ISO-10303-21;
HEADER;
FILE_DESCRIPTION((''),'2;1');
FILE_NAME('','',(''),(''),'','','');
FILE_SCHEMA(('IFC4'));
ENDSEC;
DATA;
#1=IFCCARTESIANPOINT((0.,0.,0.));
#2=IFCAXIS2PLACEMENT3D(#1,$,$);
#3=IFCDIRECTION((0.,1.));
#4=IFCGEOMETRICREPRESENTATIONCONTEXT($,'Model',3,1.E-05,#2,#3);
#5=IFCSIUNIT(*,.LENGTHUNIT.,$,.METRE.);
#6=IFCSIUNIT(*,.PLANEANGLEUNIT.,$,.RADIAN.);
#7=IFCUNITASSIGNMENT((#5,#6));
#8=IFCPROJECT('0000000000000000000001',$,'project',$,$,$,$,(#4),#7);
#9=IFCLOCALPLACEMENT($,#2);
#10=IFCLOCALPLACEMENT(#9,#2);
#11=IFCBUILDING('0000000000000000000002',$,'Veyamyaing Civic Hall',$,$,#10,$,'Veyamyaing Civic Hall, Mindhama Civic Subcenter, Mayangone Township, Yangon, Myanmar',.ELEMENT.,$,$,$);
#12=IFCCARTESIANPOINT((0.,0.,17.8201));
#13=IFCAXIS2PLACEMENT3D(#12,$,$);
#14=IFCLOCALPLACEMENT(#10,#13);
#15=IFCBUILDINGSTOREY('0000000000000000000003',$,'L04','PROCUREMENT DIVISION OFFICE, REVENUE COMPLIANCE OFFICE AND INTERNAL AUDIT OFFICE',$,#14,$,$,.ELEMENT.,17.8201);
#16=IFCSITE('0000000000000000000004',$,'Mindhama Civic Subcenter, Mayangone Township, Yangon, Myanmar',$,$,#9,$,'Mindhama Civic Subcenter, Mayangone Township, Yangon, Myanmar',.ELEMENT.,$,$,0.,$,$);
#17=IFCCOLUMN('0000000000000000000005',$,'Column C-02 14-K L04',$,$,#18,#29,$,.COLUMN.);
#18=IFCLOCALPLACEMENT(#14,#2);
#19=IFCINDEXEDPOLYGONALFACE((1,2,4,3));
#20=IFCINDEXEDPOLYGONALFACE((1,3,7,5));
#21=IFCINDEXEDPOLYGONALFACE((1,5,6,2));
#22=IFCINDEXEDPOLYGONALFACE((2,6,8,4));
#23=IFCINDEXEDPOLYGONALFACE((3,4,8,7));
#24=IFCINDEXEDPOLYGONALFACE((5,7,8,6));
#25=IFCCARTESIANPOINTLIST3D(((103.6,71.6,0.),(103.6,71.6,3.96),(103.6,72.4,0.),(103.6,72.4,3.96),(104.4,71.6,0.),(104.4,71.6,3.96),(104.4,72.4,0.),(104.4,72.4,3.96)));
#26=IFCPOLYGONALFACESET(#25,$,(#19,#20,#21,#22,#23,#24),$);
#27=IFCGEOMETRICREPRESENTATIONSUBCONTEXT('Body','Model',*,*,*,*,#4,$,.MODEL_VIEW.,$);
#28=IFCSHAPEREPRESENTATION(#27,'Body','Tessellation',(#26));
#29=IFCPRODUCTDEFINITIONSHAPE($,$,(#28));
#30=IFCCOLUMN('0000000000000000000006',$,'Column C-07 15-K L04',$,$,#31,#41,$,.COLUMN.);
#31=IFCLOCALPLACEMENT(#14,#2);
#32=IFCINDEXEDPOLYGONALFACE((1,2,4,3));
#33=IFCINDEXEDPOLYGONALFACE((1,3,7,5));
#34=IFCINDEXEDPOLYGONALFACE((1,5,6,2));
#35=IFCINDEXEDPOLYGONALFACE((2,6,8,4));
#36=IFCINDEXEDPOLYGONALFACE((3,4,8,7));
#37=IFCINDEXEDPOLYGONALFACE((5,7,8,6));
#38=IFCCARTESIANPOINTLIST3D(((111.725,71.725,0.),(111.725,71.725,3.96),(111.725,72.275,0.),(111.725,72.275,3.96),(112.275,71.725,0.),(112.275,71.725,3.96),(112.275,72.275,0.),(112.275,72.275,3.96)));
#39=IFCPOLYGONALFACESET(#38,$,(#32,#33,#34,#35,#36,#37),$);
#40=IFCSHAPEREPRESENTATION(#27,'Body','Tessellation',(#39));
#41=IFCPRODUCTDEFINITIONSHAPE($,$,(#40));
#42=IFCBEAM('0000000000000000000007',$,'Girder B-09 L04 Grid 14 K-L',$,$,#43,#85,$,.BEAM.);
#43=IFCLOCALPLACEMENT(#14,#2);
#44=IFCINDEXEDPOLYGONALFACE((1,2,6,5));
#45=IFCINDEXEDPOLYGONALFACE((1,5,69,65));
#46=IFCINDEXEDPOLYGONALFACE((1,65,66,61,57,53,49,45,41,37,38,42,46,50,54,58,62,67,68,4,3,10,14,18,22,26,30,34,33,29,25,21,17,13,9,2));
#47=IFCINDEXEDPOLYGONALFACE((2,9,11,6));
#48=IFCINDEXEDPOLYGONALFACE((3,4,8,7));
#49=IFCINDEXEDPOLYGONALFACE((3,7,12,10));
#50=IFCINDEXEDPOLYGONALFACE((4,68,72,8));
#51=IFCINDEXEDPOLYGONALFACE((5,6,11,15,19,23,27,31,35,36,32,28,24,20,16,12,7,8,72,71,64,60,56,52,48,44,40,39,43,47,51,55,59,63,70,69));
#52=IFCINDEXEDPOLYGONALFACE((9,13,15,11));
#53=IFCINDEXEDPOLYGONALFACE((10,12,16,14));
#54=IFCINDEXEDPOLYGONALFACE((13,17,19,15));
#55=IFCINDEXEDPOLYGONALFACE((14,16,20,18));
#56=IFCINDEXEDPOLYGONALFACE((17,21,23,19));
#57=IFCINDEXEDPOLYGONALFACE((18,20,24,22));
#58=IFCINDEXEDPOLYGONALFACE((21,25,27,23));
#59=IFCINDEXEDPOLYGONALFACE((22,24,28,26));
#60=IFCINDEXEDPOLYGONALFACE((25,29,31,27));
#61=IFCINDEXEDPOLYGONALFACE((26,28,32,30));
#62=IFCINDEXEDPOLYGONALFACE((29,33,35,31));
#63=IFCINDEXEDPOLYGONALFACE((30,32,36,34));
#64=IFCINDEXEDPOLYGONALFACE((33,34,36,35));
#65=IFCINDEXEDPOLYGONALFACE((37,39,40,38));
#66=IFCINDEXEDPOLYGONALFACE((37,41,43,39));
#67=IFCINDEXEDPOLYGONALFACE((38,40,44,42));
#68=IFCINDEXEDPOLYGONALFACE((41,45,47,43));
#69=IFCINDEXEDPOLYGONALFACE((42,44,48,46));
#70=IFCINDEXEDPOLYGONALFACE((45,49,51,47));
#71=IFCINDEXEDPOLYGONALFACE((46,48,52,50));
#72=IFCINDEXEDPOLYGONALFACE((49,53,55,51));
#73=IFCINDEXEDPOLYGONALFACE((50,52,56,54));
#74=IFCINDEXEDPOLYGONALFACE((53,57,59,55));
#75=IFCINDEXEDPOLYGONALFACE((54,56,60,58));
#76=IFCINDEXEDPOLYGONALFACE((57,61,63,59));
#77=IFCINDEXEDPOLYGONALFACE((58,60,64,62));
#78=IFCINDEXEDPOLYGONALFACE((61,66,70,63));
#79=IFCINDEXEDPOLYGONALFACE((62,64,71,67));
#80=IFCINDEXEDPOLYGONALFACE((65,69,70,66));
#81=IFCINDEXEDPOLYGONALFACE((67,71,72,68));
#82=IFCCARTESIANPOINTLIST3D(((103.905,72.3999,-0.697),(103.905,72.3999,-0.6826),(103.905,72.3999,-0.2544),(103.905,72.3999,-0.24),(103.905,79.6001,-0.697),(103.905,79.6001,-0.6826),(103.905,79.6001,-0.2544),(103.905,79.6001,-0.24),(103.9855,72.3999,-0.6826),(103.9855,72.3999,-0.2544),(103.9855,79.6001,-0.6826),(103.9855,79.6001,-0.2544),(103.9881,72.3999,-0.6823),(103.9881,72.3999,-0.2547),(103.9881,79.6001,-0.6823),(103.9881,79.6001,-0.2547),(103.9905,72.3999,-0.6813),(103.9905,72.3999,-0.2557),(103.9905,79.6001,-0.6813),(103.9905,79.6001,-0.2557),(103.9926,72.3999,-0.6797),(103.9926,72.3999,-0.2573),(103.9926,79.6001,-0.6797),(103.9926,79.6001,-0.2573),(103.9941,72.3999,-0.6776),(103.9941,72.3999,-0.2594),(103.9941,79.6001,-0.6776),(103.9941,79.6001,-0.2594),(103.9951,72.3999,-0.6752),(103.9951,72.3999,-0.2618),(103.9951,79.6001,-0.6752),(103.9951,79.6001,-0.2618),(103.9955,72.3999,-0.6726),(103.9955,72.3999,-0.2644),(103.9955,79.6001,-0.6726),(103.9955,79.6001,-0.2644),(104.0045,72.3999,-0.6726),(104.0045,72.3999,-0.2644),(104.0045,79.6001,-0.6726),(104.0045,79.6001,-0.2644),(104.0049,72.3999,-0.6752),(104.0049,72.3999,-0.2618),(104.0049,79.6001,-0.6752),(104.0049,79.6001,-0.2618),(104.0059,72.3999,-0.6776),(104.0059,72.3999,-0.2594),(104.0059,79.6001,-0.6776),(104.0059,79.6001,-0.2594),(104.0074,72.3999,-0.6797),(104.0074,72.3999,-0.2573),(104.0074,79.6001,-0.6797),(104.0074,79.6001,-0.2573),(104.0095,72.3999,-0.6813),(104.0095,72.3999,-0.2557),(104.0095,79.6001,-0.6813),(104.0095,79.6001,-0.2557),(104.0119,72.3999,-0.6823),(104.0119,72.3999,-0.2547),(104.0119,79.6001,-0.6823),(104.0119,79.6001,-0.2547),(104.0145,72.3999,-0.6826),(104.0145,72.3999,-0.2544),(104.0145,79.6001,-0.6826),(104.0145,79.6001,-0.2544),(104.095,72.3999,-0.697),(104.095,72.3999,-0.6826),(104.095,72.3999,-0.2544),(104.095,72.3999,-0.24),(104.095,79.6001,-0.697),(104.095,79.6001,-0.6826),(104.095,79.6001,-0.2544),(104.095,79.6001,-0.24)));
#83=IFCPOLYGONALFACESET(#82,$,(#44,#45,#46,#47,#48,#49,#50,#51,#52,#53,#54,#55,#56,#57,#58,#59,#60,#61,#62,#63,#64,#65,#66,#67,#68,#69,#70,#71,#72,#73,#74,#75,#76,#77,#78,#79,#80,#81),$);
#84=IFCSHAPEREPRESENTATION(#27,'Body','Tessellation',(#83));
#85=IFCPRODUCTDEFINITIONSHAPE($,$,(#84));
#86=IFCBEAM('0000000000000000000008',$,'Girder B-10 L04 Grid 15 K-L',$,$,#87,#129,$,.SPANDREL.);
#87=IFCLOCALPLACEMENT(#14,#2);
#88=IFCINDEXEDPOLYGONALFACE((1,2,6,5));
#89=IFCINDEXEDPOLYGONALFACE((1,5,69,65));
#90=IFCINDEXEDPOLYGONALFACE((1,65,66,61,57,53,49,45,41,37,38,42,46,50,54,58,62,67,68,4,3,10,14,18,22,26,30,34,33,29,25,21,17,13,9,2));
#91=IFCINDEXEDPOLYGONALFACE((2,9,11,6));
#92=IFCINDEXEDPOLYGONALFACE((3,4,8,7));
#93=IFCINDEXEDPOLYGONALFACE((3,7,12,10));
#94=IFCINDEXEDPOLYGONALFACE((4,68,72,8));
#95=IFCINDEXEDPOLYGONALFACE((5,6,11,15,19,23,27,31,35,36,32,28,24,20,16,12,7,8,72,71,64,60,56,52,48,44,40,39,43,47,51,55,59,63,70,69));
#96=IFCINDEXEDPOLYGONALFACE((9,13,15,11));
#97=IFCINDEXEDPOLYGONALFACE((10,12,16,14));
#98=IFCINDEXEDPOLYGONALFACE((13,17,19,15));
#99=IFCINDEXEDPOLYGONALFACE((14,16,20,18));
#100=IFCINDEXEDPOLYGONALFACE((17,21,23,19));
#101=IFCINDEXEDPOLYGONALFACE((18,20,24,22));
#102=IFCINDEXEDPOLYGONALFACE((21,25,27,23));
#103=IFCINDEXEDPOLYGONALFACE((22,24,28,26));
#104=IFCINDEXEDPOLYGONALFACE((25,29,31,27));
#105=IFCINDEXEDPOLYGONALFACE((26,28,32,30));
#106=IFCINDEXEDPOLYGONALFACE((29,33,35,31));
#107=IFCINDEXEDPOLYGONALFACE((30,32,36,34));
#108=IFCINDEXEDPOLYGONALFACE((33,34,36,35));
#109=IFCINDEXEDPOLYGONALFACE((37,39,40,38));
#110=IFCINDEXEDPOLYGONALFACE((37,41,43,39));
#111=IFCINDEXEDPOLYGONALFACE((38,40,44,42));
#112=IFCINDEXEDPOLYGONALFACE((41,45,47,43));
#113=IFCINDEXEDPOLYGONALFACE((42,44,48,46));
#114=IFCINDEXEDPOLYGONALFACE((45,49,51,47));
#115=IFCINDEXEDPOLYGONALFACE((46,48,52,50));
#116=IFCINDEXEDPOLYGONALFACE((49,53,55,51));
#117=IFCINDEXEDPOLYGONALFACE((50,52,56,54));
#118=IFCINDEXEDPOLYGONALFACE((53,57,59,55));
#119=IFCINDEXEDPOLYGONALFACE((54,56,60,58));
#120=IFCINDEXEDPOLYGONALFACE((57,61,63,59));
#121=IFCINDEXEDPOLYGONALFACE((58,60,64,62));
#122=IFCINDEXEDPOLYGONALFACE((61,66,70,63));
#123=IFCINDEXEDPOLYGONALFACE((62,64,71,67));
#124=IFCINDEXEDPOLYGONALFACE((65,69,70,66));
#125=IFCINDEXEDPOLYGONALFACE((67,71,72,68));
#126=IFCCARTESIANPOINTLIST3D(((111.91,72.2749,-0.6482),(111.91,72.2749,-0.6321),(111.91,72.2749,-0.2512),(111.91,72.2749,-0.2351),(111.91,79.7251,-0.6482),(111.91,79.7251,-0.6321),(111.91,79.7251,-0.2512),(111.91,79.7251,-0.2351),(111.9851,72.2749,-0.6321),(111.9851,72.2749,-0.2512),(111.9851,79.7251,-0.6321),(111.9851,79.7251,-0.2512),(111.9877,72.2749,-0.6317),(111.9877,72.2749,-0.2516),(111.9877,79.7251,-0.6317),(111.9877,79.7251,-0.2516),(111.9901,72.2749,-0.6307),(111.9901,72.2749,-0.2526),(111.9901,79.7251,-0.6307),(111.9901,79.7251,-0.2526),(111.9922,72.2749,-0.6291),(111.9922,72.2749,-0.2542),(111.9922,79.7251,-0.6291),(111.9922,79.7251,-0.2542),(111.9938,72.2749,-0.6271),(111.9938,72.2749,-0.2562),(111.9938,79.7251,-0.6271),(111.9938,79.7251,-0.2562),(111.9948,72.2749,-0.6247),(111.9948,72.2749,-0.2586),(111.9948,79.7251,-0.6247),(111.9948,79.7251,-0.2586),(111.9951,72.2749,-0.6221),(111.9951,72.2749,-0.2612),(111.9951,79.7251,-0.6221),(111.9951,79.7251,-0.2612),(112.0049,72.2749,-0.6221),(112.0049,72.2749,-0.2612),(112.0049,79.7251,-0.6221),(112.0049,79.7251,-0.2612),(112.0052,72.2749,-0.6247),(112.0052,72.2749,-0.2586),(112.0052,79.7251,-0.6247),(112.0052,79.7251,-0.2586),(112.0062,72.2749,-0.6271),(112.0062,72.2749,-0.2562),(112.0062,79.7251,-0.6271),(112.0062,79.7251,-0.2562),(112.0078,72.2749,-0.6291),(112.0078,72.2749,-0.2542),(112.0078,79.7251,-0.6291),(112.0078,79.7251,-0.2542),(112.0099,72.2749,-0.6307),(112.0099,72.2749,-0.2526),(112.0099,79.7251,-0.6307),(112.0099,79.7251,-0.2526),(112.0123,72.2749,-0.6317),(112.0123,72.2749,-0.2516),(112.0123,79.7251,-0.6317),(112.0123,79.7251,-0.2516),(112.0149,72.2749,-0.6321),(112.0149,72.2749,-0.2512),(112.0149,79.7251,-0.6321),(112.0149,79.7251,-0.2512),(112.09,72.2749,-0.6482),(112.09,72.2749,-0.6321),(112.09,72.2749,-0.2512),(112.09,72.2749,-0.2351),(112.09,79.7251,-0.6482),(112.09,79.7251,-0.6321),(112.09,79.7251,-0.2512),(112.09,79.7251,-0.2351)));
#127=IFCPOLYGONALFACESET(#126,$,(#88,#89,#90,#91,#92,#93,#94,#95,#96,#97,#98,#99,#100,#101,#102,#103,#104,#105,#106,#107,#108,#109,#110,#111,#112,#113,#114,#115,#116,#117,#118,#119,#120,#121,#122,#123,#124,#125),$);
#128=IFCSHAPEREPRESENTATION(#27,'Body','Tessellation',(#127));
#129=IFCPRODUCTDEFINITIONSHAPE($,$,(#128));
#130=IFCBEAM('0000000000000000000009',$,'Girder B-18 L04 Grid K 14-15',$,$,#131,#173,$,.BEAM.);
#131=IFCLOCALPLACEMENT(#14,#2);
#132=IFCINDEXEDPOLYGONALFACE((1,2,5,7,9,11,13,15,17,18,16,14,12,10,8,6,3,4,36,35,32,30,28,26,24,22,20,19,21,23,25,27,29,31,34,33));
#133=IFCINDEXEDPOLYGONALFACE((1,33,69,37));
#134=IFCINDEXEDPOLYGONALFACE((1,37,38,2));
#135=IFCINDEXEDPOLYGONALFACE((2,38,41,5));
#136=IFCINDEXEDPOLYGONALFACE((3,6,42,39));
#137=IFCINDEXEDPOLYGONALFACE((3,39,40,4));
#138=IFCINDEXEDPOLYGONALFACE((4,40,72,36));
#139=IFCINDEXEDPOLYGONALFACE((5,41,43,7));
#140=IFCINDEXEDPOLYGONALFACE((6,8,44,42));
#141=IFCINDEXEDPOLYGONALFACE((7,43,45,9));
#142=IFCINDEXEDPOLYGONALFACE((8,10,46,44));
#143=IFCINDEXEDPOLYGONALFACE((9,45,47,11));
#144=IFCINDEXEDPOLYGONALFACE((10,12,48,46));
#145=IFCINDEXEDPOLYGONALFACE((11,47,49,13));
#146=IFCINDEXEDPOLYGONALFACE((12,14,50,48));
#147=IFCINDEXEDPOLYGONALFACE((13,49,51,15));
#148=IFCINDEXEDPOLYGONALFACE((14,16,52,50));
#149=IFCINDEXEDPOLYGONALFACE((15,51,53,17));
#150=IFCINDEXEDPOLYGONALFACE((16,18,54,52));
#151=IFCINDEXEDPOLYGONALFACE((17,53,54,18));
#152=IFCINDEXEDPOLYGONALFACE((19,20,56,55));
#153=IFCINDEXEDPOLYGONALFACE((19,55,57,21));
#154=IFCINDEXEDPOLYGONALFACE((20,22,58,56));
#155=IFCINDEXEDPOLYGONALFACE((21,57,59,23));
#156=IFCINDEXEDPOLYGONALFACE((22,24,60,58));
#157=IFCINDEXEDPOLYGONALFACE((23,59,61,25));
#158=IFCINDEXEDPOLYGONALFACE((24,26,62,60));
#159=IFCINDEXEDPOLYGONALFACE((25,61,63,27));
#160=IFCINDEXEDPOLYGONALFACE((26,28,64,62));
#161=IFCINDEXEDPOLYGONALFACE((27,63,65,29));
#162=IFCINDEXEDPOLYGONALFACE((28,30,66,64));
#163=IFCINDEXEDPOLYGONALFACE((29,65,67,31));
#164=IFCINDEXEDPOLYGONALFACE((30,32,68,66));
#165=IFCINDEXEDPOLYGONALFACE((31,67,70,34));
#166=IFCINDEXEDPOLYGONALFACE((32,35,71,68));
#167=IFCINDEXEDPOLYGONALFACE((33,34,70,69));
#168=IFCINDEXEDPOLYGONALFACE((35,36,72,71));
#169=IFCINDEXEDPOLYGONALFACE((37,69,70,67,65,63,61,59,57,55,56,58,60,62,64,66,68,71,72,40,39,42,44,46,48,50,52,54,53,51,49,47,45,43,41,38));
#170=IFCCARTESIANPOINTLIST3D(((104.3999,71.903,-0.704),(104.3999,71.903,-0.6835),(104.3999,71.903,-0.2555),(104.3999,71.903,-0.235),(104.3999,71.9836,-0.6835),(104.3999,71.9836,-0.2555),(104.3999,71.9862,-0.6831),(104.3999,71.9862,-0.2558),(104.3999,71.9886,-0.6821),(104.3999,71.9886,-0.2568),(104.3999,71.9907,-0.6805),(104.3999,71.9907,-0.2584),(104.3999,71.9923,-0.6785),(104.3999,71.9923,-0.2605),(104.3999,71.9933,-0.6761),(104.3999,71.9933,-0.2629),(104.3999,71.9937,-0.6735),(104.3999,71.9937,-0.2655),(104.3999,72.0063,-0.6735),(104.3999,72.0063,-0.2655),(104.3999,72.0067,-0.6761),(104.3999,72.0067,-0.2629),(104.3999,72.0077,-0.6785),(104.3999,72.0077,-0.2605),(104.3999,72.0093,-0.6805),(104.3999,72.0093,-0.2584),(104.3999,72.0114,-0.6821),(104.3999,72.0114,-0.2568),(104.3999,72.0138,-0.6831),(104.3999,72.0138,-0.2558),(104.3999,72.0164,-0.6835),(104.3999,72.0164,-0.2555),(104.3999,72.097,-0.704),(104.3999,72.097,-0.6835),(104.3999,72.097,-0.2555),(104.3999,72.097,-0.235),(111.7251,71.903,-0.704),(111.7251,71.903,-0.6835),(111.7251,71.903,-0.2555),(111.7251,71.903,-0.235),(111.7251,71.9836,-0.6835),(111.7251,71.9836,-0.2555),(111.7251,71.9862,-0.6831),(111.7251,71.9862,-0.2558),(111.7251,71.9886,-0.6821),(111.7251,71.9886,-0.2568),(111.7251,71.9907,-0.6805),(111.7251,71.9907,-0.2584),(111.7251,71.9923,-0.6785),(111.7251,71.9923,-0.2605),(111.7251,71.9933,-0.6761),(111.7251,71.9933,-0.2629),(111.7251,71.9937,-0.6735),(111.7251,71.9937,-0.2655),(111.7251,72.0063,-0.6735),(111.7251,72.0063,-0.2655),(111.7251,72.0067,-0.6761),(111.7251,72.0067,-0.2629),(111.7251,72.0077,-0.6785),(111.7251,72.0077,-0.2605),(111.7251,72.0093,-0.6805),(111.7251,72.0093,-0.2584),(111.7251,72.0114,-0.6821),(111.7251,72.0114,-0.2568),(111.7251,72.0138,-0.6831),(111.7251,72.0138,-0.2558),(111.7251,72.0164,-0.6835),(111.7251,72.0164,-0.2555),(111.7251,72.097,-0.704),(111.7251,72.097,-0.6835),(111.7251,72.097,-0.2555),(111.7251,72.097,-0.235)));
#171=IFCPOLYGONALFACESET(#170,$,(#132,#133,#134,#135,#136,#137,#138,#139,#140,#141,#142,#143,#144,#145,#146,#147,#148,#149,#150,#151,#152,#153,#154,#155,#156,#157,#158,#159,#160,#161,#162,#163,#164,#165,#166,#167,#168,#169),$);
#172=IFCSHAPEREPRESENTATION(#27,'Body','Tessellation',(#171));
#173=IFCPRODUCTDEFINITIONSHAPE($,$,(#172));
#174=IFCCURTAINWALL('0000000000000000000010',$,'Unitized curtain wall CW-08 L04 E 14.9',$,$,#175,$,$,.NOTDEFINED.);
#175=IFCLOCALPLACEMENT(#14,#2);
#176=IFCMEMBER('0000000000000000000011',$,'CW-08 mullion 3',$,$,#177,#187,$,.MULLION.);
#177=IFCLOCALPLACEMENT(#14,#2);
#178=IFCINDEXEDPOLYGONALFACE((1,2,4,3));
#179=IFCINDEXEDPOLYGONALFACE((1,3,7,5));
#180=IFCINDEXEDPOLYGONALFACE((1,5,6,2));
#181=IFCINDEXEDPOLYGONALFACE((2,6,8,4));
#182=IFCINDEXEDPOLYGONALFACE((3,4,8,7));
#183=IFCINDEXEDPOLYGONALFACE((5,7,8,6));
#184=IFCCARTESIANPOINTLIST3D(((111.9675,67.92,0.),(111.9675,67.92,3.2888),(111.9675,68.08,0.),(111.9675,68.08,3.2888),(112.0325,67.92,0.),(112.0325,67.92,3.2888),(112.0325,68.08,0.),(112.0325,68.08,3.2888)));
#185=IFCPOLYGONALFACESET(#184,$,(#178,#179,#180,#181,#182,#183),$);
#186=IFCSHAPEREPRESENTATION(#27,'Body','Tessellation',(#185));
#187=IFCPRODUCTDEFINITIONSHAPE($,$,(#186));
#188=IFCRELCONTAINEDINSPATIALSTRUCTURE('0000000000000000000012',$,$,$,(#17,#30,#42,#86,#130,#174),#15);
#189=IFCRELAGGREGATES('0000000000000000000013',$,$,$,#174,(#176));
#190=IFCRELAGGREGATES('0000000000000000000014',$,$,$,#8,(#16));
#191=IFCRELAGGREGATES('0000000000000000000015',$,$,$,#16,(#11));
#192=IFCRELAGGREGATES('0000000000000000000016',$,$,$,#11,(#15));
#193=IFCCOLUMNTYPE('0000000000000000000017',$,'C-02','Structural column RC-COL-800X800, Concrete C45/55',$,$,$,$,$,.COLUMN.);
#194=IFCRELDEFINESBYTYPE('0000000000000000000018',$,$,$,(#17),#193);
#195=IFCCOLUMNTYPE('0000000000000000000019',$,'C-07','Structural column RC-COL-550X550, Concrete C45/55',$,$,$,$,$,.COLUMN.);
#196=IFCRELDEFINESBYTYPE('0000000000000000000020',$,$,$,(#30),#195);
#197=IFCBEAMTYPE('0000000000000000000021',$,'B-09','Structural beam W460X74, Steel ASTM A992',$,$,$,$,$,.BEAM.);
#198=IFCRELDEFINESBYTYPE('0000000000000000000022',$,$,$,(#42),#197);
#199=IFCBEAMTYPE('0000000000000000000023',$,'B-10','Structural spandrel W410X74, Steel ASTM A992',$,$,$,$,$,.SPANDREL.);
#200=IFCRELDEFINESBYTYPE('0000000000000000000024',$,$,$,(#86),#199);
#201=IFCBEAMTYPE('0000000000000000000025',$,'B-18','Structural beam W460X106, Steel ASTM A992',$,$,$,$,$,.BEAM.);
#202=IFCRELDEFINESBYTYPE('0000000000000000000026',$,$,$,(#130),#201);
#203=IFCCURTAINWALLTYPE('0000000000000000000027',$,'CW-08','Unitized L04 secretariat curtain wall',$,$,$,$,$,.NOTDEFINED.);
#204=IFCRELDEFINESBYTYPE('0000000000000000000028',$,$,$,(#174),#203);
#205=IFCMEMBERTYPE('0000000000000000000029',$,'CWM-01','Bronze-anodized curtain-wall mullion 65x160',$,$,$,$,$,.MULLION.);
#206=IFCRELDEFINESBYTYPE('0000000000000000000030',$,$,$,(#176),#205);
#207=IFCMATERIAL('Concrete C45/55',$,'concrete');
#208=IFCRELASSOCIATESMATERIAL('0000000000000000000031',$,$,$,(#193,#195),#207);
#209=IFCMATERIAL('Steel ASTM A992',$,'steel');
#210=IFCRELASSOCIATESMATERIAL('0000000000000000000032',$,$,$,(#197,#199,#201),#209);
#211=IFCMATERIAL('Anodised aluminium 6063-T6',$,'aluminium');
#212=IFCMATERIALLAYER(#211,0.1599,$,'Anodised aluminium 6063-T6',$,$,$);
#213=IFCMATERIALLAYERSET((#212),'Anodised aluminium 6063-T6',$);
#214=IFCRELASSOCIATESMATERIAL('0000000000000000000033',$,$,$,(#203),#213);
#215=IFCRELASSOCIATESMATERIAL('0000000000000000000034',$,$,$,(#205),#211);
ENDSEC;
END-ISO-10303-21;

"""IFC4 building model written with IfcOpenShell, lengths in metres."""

from ifc_helpers import new_model, si_unit, direction, frame, origin, origin_2d, place, context, subcontext, project, spatial, rectangle, i_section, extrude, material, layer, layer_set, material_profile, profile_set, type_object, element, aggregate, save


model = new_model("IFC4")

# Units and contexts
model_context = context("Model", 3, precision=1e-05, world=origin(), true_north=direction((0.0, 1.0)))
body_context = subcontext(model_context, "Body", "Model", "MODEL_VIEW")
ifc_project = project(units=[si_unit("LENGTHUNIT", "METRE"), si_unit("PLANEANGLEUNIT", "RADIAN")], contexts=[model_context])

# Site, building, storey
site_placement = place(None, origin())
site = spatial("IfcSite", under=ifc_project, at=site_placement, Name="Mindhama Civic Subcenter, Mayangone Township, Yangon, Myanmar", LongName="Mindhama Civic Subcenter, Mayangone Township, Yangon, Myanmar", CompositionType="ELEMENT", RefElevation=0.0)
building_placement = place(site_placement, origin())
building = spatial("IfcBuilding", under=site, at=building_placement, Name="Veyamyaing Civic Hall", LongName="Veyamyaing Civic Hall, Mindhama Civic Subcenter, Mayangone Township, Yangon, Myanmar", CompositionType="ELEMENT")
storey_placement = place(building_placement, frame((0.0, 0.0, 17.8201)))
storey = spatial("IfcBuildingStorey", under=building, at=storey_placement, Name="L04", Description="PROCUREMENT DIVISION OFFICE, REVENUE COMPLIANCE OFFICE AND INTERNAL AUDIT OFFICE", CompositionType="ELEMENT", Elevation=17.8201)

# Columns
ifc_material_1 = material(Name="Concrete C45/55", Category="concrete")
ifc_material_profile_1 = material_profile(ifc_material_1, rectangle(XDim=0.8, YDim=0.8, at=origin_2d()), Name="RC-COL-800X800")
ifc_profile_set_1 = profile_set([ifc_material_profile_1], Name="Concrete C45/55")
column_type_1 = type_object("IfcColumnType", Name="C-02", Description="Structural column RC-COL-800X800, Concrete C45/55", PredefinedType="COLUMN", material=ifc_profile_set_1)
column_1_placement = place(storey_placement, frame((104.0, 72.0, 0.0), z_axis=(0.0, 0.0, 1.0), x_axis=(1.0, 0.0, 0.0)))
element("IfcColumn", 1, at=column_1_placement, inside=storey, type_object=column_type_1, Name="Column C-02 14-K L04", PredefinedType="COLUMN", context=body_context, shape_type="SweptSolid", body=[
    extrude(rectangle(XDim=0.8, YDim=0.8, at=origin_2d()), origin(), (0.0, 0.0, 1.0), 3.96),
])
ifc_material_profile_2 = material_profile(ifc_material_1, rectangle(XDim=0.55, YDim=0.55, at=origin_2d()), Name="RC-COL-550X550")
ifc_profile_set_2 = profile_set([ifc_material_profile_2], Name="Concrete C45/55")
column_type_2 = type_object("IfcColumnType", Name="C-07", Description="Structural column RC-COL-550X550, Concrete C45/55", PredefinedType="COLUMN", material=ifc_profile_set_2)
column_2_placement = place(storey_placement, frame((112.0, 72.0, 0.0), z_axis=(0.0, 0.0, 1.0), x_axis=(1.0, 0.0, 0.0)))
element("IfcColumn", 2, at=column_2_placement, inside=storey, type_object=column_type_2, Name="Column C-07 15-K L04", PredefinedType="COLUMN", context=body_context, shape_type="SweptSolid", body=[
    extrude(rectangle(XDim=0.55, YDim=0.55, at=origin_2d()), origin(), (0.0, 0.0, 1.0), 3.96),
])

# Beams
ifc_material_2 = material(Name="Steel ASTM A992", Category="steel")
ifc_material_profile_3 = material_profile(ifc_material_2, i_section(OverallWidth=0.1899, OverallDepth=0.457, WebThickness=0.009, FlangeThickness=0.0144, FilletRadius=0.01, at=origin_2d()), Name="W460X74")
ifc_profile_set_3 = profile_set([ifc_material_profile_3], Name="Steel ASTM A992")
beam_type_1 = type_object("IfcBeamType", Name="B-09", Description="Structural beam W460X74, Steel ASTM A992", PredefinedType="BEAM", material=ifc_profile_set_3)
beam_1_placement = place(storey_placement, frame((104.0, 72.3999, -0.4685), z_axis=(0.0, 1.0, 0.0), x_axis=(-1.0, 0.0, 0.0)))
element("IfcBeam", 3, at=beam_1_placement, inside=storey, type_object=beam_type_1, Name="Girder B-09 L04 Grid 14 K-L", PredefinedType="BEAM", context=body_context, shape_type="SweptSolid", body=[
    extrude(i_section(OverallWidth=0.1899, OverallDepth=0.457, WebThickness=0.009, FlangeThickness=0.0144, FilletRadius=0.01, at=origin_2d()), origin(), (0.0, 0.0, 1.0), 7.2002),
])
ifc_material_profile_4 = material_profile(ifc_material_2, i_section(OverallWidth=0.1799, OverallDepth=0.4131, WebThickness=0.0098, FlangeThickness=0.0161, FilletRadius=0.01, at=origin_2d()), Name="W410X74")
ifc_profile_set_4 = profile_set([ifc_material_profile_4], Name="Steel ASTM A992")
beam_type_2 = type_object("IfcBeamType", Name="B-10", Description="Structural spandrel W410X74, Steel ASTM A992", PredefinedType="SPANDREL", material=ifc_profile_set_4)
beam_2_placement = place(storey_placement, frame((112.0, 72.2749, -0.4417), z_axis=(0.0, 1.0, 0.0), x_axis=(-1.0, 0.0, 0.0)))
element("IfcBeam", 4, at=beam_2_placement, inside=storey, type_object=beam_type_2, Name="Girder B-10 L04 Grid 15 K-L", PredefinedType="SPANDREL", context=body_context, shape_type="SweptSolid", body=[
    extrude(i_section(OverallWidth=0.1799, OverallDepth=0.4131, WebThickness=0.0098, FlangeThickness=0.0161, FilletRadius=0.01, at=origin_2d()), origin(), (0.0, 0.0, 1.0), 7.4502),
])
ifc_material_profile_5 = material_profile(ifc_material_2, i_section(OverallWidth=0.1941, OverallDepth=0.469, WebThickness=0.0127, FlangeThickness=0.0205, FilletRadius=0.01, at=origin_2d()), Name="W460X106")
ifc_profile_set_5 = profile_set([ifc_material_profile_5], Name="Steel ASTM A992")
beam_type_3 = type_object("IfcBeamType", Name="B-18", Description="Structural beam W460X106, Steel ASTM A992", PredefinedType="BEAM", material=ifc_profile_set_5)
beam_3_placement = place(storey_placement, frame((104.3999, 72.0, -0.4695), z_axis=(1.0, 0.0, 0.0), x_axis=(0.0, 1.0, 0.0)))
element("IfcBeam", 5, at=beam_3_placement, inside=storey, type_object=beam_type_3, Name="Girder B-18 L04 Grid K 14-15", PredefinedType="BEAM", context=body_context, shape_type="SweptSolid", body=[
    extrude(i_section(OverallWidth=0.1941, OverallDepth=0.469, WebThickness=0.0127, FlangeThickness=0.0205, FilletRadius=0.01, at=origin_2d()), origin(), (0.0, 0.0, 1.0), 7.3252),
])

# Curtain wall, member
ifc_material_3 = material(Name="Anodised aluminium 6063-T6", Category="aluminium")
ifc_layer_1 = layer(ifc_material_3, 0.1599, Name="Anodised aluminium 6063-T6")
ifc_layer_set_1 = layer_set([ifc_layer_1], Name="Anodised aluminium 6063-T6")
curtain_wall_type = type_object("IfcCurtainWallType", Name="CW-08", Description="Unitized L04 secretariat curtain wall", PredefinedType="NOTDEFINED", material=ifc_layer_set_1)
curtain_wall_placement = place(storey_placement, origin())
curtain_wall = element("IfcCurtainWall", 6, at=curtain_wall_placement, inside=storey, type_object=curtain_wall_type, Name="Unitized curtain wall CW-08 L04 E 14.9", PredefinedType="NOTDEFINED")
ifc_material_profile_6 = material_profile(ifc_material_3, rectangle(XDim=0.0649, YDim=0.1599, at=origin_2d()), Name="ALU-MUL-65X160")
ifc_profile_set_6 = profile_set([ifc_material_profile_6], Name="Anodised aluminium 6063-T6")
member_type_1 = type_object("IfcMemberType", Name="CWM-01", Description="Bronze-anodized curtain-wall mullion 65x160", PredefinedType="MULLION", material=ifc_profile_set_6)
member_1_placement = place(storey_placement, frame((112.0, 68.0, 0.0), z_axis=(0.0, 0.0, 1.0), x_axis=(-1.0, 0.0, 0.0)))
member_1 = element("IfcMember", 7, at=member_1_placement, type_object=member_type_1, Name="CW-08 mullion 3", PredefinedType="MULLION", context=body_context, shape_type="SweptSolid", body=[
    extrude(rectangle(XDim=0.0649, YDim=0.1599, at=origin_2d()), origin(), (0.0, 0.0, 1.0), 3.2888),
])

aggregate(curtain_wall, [member_1])

save(model, "model.ifc")
